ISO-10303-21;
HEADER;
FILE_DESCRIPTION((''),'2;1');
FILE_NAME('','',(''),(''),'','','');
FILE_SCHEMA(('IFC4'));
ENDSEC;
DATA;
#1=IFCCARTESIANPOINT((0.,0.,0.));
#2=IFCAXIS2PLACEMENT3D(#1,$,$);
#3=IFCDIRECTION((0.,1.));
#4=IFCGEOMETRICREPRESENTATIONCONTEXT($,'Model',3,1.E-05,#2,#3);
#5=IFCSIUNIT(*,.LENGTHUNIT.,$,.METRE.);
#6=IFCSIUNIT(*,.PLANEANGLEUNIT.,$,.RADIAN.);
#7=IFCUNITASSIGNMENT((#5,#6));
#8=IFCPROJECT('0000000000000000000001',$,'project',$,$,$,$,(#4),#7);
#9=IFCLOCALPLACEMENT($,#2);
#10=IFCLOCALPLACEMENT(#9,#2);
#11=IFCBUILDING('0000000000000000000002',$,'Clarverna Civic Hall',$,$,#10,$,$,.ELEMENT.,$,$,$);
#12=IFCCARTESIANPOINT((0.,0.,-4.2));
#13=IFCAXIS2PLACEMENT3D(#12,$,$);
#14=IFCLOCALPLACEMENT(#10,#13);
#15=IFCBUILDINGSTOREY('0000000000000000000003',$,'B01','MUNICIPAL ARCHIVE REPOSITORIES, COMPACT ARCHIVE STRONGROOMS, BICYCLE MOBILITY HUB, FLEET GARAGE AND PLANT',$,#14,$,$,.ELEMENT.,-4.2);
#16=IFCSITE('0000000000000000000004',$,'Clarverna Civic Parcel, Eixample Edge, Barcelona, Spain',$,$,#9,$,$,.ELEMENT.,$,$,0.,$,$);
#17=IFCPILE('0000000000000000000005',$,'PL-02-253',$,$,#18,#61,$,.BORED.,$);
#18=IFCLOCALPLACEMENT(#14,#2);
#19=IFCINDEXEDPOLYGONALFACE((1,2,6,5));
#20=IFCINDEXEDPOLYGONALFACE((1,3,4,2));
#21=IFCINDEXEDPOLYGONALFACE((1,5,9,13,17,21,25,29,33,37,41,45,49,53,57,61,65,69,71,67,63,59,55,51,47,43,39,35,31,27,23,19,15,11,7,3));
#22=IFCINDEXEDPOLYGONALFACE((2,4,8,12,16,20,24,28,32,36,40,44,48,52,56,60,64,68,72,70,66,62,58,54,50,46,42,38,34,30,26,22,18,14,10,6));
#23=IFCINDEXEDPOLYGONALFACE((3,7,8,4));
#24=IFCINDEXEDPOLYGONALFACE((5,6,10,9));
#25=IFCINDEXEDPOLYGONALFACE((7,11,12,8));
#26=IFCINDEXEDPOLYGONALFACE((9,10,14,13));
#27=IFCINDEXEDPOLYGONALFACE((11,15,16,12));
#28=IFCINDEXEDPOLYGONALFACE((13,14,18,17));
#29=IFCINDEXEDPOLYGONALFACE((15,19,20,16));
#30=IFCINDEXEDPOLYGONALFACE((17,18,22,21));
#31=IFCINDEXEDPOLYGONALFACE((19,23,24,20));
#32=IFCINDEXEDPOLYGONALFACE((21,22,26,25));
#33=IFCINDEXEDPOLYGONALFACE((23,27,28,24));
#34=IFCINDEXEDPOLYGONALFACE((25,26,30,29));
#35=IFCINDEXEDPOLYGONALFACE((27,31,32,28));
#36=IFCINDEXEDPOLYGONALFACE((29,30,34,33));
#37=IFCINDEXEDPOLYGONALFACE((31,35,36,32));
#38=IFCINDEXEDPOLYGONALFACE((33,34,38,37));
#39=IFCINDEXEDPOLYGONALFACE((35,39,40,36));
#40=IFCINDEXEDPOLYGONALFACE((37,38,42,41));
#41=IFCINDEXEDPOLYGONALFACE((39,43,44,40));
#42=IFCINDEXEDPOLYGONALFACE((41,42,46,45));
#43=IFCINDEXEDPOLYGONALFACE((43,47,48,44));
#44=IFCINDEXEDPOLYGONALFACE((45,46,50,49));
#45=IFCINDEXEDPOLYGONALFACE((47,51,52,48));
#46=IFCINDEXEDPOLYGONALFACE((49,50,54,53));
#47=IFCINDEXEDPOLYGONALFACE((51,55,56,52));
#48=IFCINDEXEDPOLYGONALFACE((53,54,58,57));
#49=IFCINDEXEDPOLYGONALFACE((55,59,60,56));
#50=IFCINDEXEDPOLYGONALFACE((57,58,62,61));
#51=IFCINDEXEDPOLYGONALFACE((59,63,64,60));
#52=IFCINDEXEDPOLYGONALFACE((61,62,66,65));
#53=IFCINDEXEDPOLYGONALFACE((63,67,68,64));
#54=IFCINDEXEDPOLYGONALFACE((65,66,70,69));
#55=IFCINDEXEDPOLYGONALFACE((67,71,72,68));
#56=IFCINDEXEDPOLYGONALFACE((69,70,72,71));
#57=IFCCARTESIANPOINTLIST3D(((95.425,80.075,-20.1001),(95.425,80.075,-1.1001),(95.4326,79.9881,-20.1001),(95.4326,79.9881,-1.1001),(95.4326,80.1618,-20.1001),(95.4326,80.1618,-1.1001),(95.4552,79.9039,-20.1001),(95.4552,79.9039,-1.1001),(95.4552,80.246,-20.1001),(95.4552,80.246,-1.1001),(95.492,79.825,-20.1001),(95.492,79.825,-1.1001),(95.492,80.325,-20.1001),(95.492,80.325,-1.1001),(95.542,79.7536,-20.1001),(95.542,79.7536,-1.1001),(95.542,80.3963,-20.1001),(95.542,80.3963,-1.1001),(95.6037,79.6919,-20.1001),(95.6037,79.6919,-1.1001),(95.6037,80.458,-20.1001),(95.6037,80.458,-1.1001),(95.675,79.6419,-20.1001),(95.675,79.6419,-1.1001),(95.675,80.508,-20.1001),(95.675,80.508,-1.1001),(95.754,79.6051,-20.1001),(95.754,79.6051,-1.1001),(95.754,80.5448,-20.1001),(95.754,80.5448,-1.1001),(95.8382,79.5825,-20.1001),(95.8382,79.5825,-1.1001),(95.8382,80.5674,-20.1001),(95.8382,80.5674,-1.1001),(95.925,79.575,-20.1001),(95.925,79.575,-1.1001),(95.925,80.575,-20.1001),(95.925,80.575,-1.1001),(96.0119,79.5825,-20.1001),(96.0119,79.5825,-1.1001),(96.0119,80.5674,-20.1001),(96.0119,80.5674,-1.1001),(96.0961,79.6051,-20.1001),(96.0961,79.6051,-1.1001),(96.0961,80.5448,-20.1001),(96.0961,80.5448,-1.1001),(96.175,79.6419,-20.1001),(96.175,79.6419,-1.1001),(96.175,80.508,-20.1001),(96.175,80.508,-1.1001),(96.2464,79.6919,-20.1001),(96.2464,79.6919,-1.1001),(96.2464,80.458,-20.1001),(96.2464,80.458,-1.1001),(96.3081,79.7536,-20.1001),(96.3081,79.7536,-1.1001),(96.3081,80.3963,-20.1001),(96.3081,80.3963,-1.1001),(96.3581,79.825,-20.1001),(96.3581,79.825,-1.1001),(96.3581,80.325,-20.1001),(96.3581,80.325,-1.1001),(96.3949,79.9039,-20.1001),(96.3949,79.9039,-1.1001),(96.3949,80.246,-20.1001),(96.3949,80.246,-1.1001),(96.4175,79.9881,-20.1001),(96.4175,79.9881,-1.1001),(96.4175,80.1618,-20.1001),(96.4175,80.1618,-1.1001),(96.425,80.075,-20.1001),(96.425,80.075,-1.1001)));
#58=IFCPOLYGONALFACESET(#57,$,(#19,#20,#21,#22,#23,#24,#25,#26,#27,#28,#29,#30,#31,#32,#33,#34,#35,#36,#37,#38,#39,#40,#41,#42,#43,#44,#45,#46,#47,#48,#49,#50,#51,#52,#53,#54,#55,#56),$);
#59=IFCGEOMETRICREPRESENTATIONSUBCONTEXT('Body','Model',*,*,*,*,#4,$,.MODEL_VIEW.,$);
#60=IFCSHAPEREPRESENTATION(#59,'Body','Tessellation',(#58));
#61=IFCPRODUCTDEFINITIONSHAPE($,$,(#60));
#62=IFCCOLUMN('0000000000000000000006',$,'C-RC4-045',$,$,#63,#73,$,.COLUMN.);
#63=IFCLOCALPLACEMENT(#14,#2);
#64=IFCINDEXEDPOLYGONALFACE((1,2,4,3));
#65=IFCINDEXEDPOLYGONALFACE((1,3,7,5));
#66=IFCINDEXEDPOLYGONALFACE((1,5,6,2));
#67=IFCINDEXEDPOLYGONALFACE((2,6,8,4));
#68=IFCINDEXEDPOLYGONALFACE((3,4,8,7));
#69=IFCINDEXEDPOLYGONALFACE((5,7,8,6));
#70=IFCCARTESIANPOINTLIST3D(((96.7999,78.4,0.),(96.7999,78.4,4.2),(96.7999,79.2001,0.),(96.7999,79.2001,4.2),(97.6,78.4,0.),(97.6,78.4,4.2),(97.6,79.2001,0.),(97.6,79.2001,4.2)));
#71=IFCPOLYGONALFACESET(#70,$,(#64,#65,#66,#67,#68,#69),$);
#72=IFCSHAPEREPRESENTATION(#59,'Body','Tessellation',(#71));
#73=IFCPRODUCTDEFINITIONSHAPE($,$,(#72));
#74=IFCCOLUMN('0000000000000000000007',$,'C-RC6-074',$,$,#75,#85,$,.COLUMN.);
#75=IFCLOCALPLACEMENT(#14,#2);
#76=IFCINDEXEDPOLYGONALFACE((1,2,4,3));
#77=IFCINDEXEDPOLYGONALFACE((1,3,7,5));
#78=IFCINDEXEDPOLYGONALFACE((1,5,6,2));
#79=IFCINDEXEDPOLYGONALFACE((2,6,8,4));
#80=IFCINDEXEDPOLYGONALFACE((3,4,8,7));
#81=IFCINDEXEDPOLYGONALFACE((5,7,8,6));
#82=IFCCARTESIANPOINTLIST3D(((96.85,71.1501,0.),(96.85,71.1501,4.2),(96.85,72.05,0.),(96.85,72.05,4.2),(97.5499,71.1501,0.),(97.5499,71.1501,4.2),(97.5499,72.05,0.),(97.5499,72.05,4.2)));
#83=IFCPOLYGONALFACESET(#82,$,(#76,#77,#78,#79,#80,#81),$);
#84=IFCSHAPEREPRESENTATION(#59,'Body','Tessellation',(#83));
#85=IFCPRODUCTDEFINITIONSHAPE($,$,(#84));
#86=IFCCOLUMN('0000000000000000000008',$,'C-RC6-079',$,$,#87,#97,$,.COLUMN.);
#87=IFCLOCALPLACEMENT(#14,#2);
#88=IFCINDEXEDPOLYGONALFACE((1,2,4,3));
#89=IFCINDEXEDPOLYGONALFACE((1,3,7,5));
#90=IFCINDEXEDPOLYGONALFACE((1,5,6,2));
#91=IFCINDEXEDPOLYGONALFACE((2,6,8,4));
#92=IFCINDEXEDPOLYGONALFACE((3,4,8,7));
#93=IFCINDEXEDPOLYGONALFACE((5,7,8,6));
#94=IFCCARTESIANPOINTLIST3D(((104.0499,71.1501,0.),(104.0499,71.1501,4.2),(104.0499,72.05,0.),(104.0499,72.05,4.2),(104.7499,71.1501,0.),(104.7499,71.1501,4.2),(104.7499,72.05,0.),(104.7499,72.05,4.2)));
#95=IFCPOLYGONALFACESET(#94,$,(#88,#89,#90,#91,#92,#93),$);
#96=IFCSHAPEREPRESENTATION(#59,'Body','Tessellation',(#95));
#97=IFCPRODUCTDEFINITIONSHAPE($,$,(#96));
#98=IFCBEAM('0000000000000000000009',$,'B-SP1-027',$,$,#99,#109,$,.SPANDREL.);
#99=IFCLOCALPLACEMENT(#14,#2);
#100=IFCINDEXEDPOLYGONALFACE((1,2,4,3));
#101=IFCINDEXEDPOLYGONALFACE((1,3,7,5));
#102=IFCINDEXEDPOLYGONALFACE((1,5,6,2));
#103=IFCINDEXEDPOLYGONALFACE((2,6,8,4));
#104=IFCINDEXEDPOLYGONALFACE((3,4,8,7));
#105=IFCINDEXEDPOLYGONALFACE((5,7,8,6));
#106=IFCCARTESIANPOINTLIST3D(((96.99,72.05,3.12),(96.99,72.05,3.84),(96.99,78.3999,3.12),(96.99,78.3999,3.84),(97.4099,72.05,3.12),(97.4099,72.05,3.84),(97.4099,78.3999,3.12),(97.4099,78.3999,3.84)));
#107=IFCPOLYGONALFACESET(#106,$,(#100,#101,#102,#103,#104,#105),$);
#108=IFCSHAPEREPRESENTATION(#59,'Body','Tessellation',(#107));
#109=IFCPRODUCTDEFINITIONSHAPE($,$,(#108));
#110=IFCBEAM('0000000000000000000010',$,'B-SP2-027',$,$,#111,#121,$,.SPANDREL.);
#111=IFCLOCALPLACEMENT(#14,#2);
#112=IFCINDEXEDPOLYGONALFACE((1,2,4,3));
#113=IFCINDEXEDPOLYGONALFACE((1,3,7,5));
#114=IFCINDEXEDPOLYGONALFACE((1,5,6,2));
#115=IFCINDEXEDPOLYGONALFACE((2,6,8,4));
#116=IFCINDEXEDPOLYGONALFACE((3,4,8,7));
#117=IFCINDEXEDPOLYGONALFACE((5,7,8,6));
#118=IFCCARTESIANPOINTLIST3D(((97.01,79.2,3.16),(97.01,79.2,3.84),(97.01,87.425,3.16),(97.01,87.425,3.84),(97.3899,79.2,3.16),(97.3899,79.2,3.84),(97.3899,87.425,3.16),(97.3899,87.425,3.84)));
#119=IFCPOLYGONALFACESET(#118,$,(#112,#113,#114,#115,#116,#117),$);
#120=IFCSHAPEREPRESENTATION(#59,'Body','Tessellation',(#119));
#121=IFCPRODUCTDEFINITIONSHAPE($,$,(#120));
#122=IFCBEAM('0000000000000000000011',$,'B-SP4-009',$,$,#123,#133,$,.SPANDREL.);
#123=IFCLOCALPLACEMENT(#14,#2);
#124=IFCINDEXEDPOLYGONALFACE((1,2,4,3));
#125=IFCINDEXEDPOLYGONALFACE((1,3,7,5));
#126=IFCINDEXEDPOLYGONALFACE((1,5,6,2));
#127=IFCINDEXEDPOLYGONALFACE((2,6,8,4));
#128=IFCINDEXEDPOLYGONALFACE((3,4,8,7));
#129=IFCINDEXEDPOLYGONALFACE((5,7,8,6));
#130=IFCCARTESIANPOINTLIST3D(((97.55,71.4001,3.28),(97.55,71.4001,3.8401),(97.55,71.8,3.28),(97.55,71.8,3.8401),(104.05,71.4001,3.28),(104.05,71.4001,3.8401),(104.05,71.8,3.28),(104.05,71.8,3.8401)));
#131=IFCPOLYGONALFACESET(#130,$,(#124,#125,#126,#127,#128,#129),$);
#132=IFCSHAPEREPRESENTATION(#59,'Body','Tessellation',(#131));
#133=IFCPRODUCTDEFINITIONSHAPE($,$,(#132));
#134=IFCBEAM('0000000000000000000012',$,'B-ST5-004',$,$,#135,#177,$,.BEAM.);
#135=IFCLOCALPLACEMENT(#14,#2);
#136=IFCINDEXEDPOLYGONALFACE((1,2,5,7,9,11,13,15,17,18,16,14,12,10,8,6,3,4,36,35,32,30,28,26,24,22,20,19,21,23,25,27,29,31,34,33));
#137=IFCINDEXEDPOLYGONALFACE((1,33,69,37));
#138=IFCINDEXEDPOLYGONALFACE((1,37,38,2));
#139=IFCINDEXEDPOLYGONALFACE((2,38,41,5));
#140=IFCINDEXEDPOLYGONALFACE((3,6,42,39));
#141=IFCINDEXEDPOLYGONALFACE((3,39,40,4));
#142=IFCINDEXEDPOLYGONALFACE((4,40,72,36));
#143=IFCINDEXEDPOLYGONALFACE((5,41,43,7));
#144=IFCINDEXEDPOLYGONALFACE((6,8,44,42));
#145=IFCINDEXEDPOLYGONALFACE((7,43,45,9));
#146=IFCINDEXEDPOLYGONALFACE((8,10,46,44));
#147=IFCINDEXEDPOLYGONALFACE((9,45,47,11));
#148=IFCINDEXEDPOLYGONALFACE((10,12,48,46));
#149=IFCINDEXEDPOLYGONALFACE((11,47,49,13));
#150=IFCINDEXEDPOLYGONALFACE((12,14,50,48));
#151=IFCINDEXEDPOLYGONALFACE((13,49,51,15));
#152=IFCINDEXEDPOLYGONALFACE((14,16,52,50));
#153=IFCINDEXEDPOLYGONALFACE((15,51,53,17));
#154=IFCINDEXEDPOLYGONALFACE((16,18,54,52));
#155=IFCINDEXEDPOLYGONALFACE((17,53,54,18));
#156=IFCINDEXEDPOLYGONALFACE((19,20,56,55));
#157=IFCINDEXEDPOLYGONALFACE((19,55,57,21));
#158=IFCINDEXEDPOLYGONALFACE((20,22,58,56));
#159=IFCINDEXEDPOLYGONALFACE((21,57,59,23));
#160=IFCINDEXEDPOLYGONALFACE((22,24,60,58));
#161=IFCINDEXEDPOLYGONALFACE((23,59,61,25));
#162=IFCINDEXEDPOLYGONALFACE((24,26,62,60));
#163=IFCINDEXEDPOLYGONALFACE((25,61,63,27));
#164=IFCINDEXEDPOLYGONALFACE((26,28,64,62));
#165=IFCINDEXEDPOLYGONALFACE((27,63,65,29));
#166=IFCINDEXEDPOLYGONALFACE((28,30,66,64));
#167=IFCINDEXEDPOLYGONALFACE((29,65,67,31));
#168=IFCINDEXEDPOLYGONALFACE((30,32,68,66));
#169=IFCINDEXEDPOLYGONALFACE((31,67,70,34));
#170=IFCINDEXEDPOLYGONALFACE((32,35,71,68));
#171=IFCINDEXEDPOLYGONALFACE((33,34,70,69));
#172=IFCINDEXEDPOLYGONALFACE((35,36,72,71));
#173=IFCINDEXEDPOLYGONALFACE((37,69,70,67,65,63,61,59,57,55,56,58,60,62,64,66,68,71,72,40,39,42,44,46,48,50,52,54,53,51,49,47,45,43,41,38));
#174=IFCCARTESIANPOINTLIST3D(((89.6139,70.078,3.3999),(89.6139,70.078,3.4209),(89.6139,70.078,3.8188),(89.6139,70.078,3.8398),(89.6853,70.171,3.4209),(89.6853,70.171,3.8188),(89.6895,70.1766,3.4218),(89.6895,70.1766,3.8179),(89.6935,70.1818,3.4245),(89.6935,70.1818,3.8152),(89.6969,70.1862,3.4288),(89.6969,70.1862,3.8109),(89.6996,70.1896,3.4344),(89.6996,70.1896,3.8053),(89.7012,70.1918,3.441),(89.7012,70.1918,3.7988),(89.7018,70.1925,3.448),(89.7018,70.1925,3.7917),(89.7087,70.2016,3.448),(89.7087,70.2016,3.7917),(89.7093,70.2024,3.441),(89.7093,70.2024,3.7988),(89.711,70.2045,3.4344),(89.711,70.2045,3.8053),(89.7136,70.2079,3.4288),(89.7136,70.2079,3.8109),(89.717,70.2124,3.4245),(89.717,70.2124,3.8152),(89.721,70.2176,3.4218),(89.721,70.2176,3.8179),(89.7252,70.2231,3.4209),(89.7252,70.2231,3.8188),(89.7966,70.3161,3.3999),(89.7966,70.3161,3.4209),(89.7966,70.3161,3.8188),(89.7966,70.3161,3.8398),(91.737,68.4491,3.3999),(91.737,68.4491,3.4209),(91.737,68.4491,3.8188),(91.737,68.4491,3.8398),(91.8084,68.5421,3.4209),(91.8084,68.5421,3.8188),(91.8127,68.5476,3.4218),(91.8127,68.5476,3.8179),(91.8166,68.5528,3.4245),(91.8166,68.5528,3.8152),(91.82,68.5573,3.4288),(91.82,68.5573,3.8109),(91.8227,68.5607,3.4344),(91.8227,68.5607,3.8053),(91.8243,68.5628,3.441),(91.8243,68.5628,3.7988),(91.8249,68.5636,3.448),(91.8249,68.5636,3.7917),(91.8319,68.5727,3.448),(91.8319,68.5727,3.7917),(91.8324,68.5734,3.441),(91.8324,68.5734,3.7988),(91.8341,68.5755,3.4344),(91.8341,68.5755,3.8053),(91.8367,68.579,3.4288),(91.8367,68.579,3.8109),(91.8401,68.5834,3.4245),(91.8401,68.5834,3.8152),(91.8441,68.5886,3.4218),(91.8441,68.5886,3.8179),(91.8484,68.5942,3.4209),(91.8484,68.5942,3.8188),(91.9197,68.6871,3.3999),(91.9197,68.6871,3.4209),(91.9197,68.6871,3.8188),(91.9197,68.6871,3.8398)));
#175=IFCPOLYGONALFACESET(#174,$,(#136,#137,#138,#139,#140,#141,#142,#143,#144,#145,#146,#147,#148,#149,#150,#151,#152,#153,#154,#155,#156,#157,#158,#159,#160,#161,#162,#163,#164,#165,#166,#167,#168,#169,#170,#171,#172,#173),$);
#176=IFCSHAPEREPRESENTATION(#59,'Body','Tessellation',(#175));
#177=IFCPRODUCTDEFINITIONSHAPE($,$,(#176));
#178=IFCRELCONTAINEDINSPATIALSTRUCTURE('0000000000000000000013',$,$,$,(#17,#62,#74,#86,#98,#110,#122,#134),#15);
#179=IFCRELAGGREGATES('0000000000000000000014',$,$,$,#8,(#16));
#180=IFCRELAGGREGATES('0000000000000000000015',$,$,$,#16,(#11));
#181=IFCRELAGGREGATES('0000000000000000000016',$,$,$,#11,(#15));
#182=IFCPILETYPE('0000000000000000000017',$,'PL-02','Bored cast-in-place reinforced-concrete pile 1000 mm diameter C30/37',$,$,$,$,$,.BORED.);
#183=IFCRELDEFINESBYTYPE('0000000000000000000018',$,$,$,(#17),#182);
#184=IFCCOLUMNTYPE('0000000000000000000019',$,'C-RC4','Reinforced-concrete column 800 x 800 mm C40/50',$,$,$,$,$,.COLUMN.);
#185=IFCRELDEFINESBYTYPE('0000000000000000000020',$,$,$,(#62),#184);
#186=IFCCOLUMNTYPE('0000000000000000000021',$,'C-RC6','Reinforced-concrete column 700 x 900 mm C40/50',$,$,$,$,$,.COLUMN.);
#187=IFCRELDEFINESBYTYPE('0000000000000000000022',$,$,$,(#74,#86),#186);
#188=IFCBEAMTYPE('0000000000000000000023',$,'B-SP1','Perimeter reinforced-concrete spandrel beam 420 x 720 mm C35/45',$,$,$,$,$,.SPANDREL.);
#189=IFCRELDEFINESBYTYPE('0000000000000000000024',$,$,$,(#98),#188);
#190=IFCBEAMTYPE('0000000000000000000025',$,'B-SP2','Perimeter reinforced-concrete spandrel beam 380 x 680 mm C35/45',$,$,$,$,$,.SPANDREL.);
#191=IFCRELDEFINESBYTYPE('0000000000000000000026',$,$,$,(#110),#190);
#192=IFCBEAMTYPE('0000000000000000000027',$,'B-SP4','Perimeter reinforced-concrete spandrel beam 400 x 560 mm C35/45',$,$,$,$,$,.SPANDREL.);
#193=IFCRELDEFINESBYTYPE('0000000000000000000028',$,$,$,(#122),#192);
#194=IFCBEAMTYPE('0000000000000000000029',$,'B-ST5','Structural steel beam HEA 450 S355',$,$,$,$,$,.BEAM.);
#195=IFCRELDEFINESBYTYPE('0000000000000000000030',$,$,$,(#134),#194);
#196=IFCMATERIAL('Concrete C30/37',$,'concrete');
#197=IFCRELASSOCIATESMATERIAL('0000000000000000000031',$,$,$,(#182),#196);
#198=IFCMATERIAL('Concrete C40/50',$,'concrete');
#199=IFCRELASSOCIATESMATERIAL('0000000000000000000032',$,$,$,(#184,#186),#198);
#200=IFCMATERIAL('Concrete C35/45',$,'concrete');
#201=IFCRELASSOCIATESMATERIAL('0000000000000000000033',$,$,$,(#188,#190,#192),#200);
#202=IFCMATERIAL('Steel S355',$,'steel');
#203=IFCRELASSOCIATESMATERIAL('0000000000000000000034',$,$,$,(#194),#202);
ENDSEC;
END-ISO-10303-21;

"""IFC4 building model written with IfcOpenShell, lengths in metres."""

from ifc_helpers import new_model, si_unit, direction, frame, origin, origin_2d, place, context, subcontext, project, spatial, rectangle, circle, i_section, extrude, material, material_profile, profile_set, type_object, element, save


model = new_model("IFC4")

# Units and contexts
model_context = context("Model", 3, precision=1e-05, world=origin(), true_north=direction((0.0, 1.0)))
body_context = subcontext(model_context, "Body", "Model", "MODEL_VIEW")
ifc_project = project(units=[si_unit("LENGTHUNIT", "METRE"), si_unit("PLANEANGLEUNIT", "RADIAN")], contexts=[model_context])

# Site, building, storey
site_placement = place(None, origin())
site = spatial("IfcSite", under=ifc_project, at=site_placement, Name="Clarverna Civic Parcel, Eixample Edge, Barcelona, Spain", CompositionType="ELEMENT", RefElevation=0.0)
building_placement = place(site_placement, origin())
building = spatial("IfcBuilding", under=site, at=building_placement, Name="Clarverna Civic Hall", CompositionType="ELEMENT")
storey_placement = place(building_placement, frame((0.0, 0.0, -4.2)))
storey = spatial("IfcBuildingStorey", under=building, at=storey_placement, Name="B01", Description="MUNICIPAL ARCHIVE REPOSITORIES, COMPACT ARCHIVE STRONGROOMS, BICYCLE MOBILITY HUB, FLEET GARAGE AND PLANT", CompositionType="ELEMENT", Elevation=-4.2)

# Shared definitions
ifc_material_1 = material(Name="Concrete C30/37", Category="concrete")

# Pile
ifc_material_profile_1 = material_profile(ifc_material_1, circle(Radius=0.5, at=origin_2d()), Name="BORED PILE D1000")
ifc_profile_set_1 = profile_set([ifc_material_profile_1], Name="Concrete C30/37")
pile_type_1 = type_object("IfcPileType", Name="PL-02", Description="Bored cast-in-place reinforced-concrete pile 1000 mm diameter C30/37", PredefinedType="BORED", material=ifc_profile_set_1)
for number, where, z_axis, x_axis, name in (
    (1, (95.925, 80.075, -1.1001), (0.0, 0.0, -1.0), (1.0, 0.0, 0.0), "PL-02-253"),
):
    element("IfcPile", number, at=place(storey_placement, frame(where, z_axis=z_axis, x_axis=x_axis)), inside=storey, type_object=pile_type_1, Name=name, PredefinedType="BORED", context=body_context, shape_type="SweptSolid", body=[
        extrude(circle(Radius=0.5, at=origin_2d()), origin(), (0.0, 0.0, 1.0), 19.0),
    ])

# Columns
ifc_material_2 = material(Name="Concrete C40/50", Category="concrete")
ifc_material_profile_2 = material_profile(ifc_material_2, rectangle(XDim=0.8, YDim=0.8, at=origin_2d()), Name="RC 800x800")
ifc_profile_set_2 = profile_set([ifc_material_profile_2], Name="Concrete C40/50")
column_type_1 = type_object("IfcColumnType", Name="C-RC4", Description="Reinforced-concrete column 800 x 800 mm C40/50", PredefinedType="COLUMN", material=ifc_profile_set_2)
column_placement = place(storey_placement, frame((97.2, 78.8, 0.0), z_axis=(0.0, 0.0, 1.0), x_axis=(1.0, 0.0, 0.0)))
element("IfcColumn", 2, at=column_placement, inside=storey, type_object=column_type_1, Name="C-RC4-045", PredefinedType="COLUMN", context=body_context, shape_type="SweptSolid", body=[
    extrude(rectangle(XDim=0.8, YDim=0.8, at=origin_2d()), origin(), (0.0, 0.0, 1.0), 4.2),
])
ifc_material_profile_3 = material_profile(ifc_material_2, rectangle(XDim=0.7, YDim=0.8999, at=origin_2d()), Name="RC 700x900")
ifc_profile_set_3 = profile_set([ifc_material_profile_3], Name="Concrete C40/50")
column_type_2 = type_object("IfcColumnType", Name="C-RC6", Description="Reinforced-concrete column 700 x 900 mm C40/50", PredefinedType="COLUMN", material=ifc_profile_set_3)
for number, where, z_axis, x_axis, name in (
    (3, (97.2, 71.6001, 0.0), (0.0, 0.0, 1.0), (1.0, 0.0, 0.0), "C-RC6-074"),
    (4, (104.3999, 71.6001, 0.0), (0.0, 0.0, 1.0), (1.0, 0.0, 0.0), "C-RC6-079"),
):
    element("IfcColumn", number, at=place(storey_placement, frame(where, z_axis=z_axis, x_axis=x_axis)), inside=storey, type_object=column_type_2, Name=name, PredefinedType="COLUMN", context=body_context, shape_type="SweptSolid", body=[
        extrude(rectangle(XDim=0.7, YDim=0.8999, at=origin_2d()), origin(), (0.0, 0.0, 1.0), 4.2),
    ])

# Beams
ifc_material_3 = material(Name="Concrete C35/45", Category="concrete")
ifc_material_profile_4 = material_profile(ifc_material_3, rectangle(XDim=0.4199, YDim=0.72, at=origin_2d()), Name="RC 420x720")
ifc_profile_set_4 = profile_set([ifc_material_profile_4], Name="Concrete C35/45")
beam_type_1 = type_object("IfcBeamType", Name="B-SP1", Description="Perimeter reinforced-concrete spandrel beam 420 x 720 mm C35/45", PredefinedType="SPANDREL", material=ifc_profile_set_4)
beam_1_placement = place(storey_placement, frame((97.2, 72.05, 3.48), z_axis=(0.0, 1.0, 0.0), x_axis=(-1.0, 0.0, 0.0)))
element("IfcBeam", 5, at=beam_1_placement, inside=storey, type_object=beam_type_1, Name="B-SP1-027", PredefinedType="SPANDREL", context=body_context, shape_type="SweptSolid", body=[
    extrude(rectangle(XDim=0.4199, YDim=0.72, at=origin_2d()), origin(), (0.0, 0.0, 1.0), 6.3499),
])
ifc_material_profile_5 = material_profile(ifc_material_3, rectangle(XDim=0.3799, YDim=0.6799, at=origin_2d()), Name="RC 380x680")
ifc_profile_set_5 = profile_set([ifc_material_profile_5], Name="Concrete C35/45")
beam_type_2 = type_object("IfcBeamType", Name="B-SP2", Description="Perimeter reinforced-concrete spandrel beam 380 x 680 mm C35/45", PredefinedType="SPANDREL", material=ifc_profile_set_5)
beam_2_placement = place(storey_placement, frame((97.2, 79.2, 3.5), z_axis=(0.0, 1.0, 0.0), x_axis=(-1.0, 0.0, 0.0)))
element("IfcBeam", 6, at=beam_2_placement, inside=storey, type_object=beam_type_2, Name="B-SP2-027", PredefinedType="SPANDREL", context=body_context, shape_type="SweptSolid", body=[
    extrude(rectangle(XDim=0.3799, YDim=0.6799, at=origin_2d()), origin(), (0.0, 0.0, 1.0), 8.2251),
])
ifc_material_profile_6 = material_profile(ifc_material_3, rectangle(XDim=0.3999, YDim=0.5601, at=origin_2d()), Name="RC 400x560")
ifc_profile_set_6 = profile_set([ifc_material_profile_6], Name="Concrete C35/45")
beam_type_3 = type_object("IfcBeamType", Name="B-SP4", Description="Perimeter reinforced-concrete spandrel beam 400 x 560 mm C35/45", PredefinedType="SPANDREL", material=ifc_profile_set_6)
beam_3_placement = place(storey_placement, frame((97.55, 71.6001, 3.5601), z_axis=(1.0, 0.0, 0.0), x_axis=(0.0, 1.0, 0.0)))
element("IfcBeam", 7, at=beam_3_placement, inside=storey, type_object=beam_type_3, Name="B-SP4-009", PredefinedType="SPANDREL", context=body_context, shape_type="SweptSolid", body=[
    extrude(rectangle(XDim=0.3999, YDim=0.5601, at=origin_2d()), origin(), (0.0, 0.0, 1.0), 6.5),
])
ifc_material_4 = material(Name="Steel S355", Category="steel")
ifc_material_profile_7 = material_profile(ifc_material_4, i_section(OverallWidth=0.3, OverallDepth=0.4399, WebThickness=0.0115, FlangeThickness=0.021, FilletRadius=0.0271, at=origin_2d()), Name="HEA 450")
ifc_profile_set_7 = profile_set([ifc_material_profile_7], Name="Steel S355")
beam_type_4 = type_object("IfcBeamType", Name="B-ST5", Description="Structural steel beam HEA 450 S355", PredefinedType="BEAM", material=ifc_profile_set_7)
beam_4_placement = place(storey_placement, frame((91.8284, 68.5681, 3.6199), z_axis=(-0.793383, 0.608723, 0.0), x_axis=(-0.608723, -0.793383, 0.0)))
element("IfcBeam", 8, at=beam_4_placement, inside=storey, type_object=beam_type_4, Name="B-ST5-004", PredefinedType="BEAM", context=body_context, shape_type="SweptSolid", body=[
    extrude(i_section(OverallWidth=0.3, OverallDepth=0.4399, WebThickness=0.0115, FlangeThickness=0.021, FilletRadius=0.0271, at=origin_2d()), origin(), (0.0, 0.0, 1.0), 2.676),
])

save(model, "model.ifc")
